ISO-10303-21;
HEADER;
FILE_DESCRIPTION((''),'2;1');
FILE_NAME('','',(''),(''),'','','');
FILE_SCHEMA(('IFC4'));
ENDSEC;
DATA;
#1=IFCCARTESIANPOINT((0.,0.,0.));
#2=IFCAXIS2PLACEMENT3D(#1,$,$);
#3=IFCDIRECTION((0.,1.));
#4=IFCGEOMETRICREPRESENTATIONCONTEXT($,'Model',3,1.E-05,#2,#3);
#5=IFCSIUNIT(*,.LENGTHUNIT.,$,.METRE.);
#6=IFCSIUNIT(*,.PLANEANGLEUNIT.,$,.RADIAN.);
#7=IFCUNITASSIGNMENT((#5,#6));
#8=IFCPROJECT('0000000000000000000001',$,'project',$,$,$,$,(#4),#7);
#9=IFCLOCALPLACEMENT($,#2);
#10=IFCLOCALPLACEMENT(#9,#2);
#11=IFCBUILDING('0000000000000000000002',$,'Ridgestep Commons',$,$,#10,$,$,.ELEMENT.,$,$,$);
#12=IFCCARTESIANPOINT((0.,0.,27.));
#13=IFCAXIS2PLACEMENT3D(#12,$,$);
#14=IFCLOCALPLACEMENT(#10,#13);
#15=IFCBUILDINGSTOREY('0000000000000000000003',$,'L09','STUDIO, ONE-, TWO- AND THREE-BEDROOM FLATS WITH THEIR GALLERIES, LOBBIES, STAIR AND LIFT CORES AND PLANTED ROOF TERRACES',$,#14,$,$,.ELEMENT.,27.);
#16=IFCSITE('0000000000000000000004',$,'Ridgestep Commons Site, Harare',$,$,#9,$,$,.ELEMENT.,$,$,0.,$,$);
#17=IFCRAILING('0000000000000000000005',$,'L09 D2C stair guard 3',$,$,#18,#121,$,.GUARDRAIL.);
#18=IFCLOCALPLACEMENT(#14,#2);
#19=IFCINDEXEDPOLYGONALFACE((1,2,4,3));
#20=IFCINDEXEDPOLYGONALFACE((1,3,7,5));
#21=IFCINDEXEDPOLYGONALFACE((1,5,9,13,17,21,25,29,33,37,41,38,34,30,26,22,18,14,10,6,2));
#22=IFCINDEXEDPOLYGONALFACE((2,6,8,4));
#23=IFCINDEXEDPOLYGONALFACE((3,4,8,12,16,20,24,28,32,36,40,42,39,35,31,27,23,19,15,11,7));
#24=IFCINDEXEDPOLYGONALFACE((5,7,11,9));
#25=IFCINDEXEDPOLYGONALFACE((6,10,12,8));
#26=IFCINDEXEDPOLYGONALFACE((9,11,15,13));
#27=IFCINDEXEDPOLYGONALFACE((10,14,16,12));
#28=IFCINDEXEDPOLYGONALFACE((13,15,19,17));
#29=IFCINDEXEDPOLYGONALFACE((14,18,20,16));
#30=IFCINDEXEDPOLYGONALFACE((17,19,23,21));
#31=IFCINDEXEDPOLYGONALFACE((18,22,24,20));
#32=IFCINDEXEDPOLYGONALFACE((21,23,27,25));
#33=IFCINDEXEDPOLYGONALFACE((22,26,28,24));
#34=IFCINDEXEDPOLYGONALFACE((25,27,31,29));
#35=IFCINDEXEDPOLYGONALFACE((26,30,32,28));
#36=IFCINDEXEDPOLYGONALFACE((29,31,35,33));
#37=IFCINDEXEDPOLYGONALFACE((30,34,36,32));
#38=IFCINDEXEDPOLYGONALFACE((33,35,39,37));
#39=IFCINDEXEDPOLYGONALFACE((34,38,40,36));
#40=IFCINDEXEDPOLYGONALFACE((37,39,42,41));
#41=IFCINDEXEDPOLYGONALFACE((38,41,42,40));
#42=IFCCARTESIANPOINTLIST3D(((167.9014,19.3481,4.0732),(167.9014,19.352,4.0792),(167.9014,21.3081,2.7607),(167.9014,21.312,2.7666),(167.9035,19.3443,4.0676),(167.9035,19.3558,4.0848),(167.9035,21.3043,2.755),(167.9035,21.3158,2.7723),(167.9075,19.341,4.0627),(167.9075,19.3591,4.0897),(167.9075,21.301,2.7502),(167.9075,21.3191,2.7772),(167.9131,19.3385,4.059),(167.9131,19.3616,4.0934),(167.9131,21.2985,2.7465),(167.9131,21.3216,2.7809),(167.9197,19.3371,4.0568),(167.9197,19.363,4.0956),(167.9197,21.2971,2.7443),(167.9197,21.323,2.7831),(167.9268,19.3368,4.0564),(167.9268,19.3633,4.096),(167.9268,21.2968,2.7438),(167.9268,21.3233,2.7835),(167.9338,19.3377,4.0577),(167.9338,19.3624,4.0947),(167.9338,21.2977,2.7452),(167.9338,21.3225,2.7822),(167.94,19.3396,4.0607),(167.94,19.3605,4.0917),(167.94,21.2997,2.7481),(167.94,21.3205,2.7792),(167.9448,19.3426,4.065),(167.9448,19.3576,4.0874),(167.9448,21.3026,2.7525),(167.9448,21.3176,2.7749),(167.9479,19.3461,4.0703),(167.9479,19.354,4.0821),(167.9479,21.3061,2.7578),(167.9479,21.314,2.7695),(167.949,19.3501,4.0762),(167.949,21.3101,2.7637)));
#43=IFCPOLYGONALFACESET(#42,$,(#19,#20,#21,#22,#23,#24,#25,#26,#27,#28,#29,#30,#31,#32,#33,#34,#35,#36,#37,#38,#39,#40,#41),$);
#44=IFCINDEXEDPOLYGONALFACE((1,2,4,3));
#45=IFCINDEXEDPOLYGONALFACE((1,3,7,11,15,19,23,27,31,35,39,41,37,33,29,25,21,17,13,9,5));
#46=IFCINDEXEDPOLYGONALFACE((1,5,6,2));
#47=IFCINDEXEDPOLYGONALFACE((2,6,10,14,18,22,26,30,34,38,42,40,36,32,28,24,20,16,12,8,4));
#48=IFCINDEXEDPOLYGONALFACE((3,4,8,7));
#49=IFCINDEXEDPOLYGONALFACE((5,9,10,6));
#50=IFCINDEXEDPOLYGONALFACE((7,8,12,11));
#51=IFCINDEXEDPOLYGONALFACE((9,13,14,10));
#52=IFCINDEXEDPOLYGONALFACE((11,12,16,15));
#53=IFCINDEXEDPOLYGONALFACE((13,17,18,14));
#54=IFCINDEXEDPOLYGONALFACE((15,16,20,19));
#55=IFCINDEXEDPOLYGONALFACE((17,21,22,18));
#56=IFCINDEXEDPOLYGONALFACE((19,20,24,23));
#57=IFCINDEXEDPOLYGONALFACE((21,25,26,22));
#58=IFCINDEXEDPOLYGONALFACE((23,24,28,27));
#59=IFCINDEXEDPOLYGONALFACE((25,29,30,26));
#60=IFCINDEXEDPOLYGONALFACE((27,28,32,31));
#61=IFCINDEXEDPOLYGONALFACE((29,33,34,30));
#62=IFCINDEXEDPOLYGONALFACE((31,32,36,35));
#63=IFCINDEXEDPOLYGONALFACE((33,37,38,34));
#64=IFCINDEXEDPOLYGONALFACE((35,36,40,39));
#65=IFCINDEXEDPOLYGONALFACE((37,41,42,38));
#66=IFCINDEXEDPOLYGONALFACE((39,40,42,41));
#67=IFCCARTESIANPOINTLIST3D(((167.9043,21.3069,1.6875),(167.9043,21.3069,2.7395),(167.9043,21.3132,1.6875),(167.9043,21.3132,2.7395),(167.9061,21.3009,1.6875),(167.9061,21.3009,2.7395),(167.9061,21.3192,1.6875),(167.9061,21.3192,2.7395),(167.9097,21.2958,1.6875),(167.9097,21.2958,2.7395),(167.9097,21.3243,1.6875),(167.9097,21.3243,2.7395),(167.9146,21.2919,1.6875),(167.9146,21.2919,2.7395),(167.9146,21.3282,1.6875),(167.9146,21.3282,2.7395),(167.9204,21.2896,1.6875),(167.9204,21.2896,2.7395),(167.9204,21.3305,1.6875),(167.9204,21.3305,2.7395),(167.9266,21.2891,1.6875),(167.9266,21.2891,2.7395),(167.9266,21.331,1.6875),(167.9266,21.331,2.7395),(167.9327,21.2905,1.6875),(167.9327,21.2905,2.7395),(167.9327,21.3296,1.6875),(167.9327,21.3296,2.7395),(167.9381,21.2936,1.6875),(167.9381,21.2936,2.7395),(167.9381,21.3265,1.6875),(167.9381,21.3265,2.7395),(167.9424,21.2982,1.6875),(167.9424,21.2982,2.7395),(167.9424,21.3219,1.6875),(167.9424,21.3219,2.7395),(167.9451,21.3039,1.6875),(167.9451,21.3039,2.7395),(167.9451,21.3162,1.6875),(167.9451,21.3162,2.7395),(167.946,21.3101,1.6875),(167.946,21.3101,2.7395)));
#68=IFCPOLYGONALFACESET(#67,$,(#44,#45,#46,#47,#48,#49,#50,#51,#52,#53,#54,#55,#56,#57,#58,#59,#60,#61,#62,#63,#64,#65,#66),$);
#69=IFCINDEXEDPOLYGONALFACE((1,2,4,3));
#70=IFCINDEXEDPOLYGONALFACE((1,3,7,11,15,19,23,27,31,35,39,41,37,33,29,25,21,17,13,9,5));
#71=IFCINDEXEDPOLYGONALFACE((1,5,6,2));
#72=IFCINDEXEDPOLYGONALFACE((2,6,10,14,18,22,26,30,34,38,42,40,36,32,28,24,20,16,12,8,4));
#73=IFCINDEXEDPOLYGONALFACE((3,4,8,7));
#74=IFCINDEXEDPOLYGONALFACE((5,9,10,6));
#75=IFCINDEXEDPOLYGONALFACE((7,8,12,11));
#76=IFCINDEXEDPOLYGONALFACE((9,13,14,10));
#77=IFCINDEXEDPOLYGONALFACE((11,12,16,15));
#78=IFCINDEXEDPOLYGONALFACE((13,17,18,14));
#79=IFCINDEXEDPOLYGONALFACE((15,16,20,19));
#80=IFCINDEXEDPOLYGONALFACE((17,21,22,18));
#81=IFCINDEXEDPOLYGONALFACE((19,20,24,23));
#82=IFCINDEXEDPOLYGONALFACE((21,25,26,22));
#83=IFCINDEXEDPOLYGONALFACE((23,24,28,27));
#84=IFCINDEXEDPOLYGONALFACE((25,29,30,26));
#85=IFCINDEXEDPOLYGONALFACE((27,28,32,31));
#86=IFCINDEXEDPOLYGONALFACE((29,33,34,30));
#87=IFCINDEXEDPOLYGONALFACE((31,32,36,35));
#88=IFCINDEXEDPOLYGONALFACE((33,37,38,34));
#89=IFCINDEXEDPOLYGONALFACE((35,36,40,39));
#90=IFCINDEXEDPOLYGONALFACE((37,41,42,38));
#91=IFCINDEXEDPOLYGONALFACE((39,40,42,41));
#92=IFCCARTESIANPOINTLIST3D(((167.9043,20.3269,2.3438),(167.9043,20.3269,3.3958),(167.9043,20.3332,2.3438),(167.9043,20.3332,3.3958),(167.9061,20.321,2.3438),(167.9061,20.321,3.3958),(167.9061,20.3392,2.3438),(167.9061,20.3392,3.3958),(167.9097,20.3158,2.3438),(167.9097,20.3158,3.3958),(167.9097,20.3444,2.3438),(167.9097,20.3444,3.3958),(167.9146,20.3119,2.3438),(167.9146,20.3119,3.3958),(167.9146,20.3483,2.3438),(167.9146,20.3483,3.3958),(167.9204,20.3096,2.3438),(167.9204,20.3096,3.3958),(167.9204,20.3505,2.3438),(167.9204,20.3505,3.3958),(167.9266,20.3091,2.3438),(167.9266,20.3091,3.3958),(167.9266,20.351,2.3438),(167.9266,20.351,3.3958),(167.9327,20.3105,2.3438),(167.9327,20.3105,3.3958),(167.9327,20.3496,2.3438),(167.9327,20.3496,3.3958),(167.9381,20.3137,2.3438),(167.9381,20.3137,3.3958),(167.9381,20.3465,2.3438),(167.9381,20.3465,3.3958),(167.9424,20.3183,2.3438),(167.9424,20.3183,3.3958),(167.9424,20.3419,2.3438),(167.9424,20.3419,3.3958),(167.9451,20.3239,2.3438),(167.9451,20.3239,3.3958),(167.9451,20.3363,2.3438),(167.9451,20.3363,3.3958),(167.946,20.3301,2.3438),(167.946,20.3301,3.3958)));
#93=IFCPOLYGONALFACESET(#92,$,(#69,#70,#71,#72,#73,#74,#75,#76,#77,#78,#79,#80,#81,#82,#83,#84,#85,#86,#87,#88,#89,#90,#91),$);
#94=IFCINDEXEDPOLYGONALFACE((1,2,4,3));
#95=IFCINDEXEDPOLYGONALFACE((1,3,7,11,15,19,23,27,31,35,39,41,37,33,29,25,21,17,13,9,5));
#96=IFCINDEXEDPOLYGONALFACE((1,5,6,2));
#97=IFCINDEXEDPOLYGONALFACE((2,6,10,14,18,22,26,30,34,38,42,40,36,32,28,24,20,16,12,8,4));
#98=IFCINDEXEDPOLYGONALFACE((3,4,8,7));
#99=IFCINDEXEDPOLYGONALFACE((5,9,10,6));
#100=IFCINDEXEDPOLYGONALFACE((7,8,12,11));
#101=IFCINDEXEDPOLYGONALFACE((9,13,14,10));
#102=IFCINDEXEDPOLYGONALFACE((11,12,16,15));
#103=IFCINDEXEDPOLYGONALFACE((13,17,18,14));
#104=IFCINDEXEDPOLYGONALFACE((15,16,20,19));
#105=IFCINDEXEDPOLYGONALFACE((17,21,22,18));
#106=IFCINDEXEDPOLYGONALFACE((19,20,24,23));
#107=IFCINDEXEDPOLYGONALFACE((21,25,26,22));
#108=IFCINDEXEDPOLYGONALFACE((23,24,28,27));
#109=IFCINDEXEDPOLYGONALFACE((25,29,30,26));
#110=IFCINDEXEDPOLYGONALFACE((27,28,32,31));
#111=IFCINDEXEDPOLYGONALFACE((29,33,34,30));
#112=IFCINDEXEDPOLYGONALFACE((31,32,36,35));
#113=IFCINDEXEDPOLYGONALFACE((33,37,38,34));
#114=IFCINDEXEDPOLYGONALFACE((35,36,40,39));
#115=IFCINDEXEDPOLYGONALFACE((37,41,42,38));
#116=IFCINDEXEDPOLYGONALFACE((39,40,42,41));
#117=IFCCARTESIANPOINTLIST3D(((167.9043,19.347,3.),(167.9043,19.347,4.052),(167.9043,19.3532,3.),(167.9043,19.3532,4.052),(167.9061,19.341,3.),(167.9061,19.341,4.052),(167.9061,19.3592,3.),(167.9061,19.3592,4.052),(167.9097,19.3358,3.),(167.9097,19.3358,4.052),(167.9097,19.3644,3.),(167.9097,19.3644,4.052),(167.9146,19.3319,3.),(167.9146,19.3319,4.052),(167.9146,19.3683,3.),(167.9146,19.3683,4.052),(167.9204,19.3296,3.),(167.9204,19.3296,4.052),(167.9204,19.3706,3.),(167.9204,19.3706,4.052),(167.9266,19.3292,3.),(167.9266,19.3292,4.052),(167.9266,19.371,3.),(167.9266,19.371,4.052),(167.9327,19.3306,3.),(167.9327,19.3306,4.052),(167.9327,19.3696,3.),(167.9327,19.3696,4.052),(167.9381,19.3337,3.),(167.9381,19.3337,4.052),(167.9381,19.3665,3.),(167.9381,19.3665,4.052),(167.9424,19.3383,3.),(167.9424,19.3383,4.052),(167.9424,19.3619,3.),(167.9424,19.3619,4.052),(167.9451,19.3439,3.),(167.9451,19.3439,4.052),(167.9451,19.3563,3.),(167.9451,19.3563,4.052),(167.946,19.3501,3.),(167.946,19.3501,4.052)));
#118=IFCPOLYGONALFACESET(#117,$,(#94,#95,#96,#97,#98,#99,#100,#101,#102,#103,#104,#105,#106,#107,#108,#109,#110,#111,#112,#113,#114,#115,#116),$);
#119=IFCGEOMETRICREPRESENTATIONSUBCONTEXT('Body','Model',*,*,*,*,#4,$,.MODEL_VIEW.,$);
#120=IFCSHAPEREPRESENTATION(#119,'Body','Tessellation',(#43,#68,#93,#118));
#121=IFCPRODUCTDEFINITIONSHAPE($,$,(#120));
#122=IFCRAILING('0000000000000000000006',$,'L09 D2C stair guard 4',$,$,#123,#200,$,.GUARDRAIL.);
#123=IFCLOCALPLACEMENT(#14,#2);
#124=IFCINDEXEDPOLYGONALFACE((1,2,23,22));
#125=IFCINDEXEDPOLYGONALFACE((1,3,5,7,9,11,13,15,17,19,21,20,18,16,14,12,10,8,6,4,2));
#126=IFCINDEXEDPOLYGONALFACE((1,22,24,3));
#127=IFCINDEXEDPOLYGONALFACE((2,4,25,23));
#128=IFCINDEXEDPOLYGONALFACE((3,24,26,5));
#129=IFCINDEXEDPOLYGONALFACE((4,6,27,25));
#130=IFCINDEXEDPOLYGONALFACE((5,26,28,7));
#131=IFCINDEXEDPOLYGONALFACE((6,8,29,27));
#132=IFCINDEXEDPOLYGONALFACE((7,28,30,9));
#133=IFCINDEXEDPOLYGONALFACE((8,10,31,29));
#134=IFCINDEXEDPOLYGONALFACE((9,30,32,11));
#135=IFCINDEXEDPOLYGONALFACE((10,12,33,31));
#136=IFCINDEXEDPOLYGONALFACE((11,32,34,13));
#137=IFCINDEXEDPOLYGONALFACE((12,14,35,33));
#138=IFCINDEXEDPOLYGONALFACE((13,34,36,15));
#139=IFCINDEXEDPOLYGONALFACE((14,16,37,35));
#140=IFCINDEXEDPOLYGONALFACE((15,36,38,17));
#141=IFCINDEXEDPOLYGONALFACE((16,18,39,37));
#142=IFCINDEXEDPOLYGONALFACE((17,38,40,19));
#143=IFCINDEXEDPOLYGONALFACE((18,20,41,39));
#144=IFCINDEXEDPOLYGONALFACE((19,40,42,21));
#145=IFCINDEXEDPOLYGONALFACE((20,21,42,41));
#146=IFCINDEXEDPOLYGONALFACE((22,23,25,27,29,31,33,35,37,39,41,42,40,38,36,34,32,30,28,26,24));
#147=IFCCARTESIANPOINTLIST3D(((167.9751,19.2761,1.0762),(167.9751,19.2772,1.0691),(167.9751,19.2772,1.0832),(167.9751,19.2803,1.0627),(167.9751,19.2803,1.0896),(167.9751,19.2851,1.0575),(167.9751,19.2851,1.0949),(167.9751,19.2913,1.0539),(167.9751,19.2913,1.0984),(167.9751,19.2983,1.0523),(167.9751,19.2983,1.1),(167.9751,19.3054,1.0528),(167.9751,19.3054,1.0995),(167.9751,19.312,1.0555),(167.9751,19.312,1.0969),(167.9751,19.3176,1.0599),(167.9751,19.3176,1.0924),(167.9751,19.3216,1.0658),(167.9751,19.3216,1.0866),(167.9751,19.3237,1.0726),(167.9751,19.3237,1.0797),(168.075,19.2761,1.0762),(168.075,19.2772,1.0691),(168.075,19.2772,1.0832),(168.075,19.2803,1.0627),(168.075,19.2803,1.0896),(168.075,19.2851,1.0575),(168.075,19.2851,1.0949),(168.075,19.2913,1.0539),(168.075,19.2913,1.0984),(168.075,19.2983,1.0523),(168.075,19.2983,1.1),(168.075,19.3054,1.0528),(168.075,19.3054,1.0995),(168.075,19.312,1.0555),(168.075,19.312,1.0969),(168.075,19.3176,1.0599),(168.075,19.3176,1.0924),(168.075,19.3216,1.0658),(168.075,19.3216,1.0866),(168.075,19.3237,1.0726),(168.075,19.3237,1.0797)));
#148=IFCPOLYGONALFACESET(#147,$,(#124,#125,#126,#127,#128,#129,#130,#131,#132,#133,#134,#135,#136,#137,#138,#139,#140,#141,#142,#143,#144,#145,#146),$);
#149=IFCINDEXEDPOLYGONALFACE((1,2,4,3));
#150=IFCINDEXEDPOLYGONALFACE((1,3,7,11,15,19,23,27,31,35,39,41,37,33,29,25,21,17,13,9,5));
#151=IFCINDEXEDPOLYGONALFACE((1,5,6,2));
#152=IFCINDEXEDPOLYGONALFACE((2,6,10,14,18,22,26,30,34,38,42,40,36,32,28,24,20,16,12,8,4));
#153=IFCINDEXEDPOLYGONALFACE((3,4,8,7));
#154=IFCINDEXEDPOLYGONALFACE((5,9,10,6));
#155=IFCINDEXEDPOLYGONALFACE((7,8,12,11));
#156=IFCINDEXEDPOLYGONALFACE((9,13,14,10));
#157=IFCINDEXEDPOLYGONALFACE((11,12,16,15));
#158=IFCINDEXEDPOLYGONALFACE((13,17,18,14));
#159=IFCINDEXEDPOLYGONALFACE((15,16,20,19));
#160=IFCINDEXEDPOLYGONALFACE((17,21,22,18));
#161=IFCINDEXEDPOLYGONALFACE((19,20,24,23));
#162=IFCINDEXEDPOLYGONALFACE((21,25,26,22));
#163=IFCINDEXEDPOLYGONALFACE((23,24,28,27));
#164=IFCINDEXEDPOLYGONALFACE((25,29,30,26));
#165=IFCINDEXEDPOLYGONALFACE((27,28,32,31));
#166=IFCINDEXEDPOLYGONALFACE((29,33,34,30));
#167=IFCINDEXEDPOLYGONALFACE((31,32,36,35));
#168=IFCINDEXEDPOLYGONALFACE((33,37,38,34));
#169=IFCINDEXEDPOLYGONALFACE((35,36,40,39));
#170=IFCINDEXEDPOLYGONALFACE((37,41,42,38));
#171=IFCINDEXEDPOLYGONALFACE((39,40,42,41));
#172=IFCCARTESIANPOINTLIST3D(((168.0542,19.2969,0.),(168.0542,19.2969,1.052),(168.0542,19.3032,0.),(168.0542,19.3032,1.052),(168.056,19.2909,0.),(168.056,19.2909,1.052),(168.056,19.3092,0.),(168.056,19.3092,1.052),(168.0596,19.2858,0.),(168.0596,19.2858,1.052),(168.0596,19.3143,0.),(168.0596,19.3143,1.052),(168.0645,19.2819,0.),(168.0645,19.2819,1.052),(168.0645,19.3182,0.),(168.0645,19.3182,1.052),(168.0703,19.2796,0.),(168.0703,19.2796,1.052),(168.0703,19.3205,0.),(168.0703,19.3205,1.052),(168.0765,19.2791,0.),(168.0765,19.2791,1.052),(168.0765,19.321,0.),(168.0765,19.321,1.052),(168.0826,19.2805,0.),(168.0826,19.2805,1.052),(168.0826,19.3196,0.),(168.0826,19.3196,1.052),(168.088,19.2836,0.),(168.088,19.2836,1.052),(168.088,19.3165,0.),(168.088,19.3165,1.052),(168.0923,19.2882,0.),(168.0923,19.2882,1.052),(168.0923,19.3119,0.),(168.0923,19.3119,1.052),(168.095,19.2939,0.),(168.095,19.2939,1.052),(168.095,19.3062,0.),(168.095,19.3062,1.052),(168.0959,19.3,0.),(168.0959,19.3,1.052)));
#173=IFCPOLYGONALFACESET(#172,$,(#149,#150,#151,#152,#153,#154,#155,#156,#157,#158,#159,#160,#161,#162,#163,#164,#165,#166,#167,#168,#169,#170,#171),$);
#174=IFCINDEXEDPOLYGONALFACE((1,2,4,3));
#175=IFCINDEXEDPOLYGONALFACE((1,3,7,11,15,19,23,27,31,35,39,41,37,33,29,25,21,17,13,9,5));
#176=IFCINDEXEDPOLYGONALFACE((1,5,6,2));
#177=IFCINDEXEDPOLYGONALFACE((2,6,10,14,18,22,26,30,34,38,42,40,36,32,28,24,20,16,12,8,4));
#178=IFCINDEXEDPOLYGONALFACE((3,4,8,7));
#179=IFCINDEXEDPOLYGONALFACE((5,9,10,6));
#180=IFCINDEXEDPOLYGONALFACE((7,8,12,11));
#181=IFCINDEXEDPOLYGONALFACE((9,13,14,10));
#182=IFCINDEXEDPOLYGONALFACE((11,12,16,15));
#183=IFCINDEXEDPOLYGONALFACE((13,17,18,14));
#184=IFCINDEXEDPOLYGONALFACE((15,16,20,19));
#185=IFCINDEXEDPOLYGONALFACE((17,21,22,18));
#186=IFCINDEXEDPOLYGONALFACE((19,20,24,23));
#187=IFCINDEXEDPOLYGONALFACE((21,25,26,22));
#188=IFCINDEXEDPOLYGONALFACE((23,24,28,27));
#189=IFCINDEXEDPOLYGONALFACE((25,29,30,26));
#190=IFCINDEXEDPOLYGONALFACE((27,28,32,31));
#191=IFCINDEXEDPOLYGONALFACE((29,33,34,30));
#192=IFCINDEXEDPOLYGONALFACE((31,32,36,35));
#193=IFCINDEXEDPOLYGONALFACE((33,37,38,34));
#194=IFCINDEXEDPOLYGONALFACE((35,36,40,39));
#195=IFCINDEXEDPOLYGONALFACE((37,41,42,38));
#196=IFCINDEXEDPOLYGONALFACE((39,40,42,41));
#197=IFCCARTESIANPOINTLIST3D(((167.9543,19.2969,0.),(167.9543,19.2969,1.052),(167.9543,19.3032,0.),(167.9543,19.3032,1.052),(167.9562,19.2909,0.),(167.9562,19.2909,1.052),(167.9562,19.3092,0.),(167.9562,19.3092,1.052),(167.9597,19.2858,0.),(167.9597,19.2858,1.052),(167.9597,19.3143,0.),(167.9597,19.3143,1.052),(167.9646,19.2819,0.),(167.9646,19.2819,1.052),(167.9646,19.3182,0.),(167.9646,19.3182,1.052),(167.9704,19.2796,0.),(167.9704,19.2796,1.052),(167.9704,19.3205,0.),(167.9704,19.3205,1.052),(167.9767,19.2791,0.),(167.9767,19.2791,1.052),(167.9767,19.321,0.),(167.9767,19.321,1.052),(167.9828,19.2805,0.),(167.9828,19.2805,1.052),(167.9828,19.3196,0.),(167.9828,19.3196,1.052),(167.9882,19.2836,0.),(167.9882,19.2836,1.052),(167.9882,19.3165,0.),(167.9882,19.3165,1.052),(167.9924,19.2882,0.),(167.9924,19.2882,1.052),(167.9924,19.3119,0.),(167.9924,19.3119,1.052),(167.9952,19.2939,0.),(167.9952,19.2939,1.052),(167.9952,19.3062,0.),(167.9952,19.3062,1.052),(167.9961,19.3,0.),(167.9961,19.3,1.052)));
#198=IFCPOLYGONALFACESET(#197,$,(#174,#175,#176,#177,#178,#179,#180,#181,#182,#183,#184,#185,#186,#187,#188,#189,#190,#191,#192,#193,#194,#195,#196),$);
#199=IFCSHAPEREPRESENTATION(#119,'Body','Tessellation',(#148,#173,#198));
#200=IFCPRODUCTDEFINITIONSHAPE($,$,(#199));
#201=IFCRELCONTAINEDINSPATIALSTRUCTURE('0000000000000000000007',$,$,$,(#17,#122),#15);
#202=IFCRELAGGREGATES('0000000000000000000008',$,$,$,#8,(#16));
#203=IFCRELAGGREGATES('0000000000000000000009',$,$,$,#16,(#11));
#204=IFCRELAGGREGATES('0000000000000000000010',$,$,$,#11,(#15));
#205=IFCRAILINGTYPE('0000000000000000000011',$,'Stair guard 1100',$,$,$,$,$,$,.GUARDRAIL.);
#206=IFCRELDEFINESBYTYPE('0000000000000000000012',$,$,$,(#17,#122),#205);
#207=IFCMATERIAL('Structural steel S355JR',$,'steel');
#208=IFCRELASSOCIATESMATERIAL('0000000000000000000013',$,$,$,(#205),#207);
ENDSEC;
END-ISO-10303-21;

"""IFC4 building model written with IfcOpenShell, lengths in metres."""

from ifc_helpers import new_model, si_unit, direction, frame, origin, origin_2d, place, context, subcontext, project, spatial, circle, extrude, material, type_object, element, save


model = new_model("IFC4")

# Units and contexts
model_context = context("Model", 3, precision=1e-05, world=origin(), true_north=direction((0.0, 1.0)))
body_context = subcontext(model_context, "Body", "Model", "MODEL_VIEW")
ifc_project = project(units=[si_unit("LENGTHUNIT", "METRE"), si_unit("PLANEANGLEUNIT", "RADIAN")], contexts=[model_context])

# Site, building, storey
site_placement = place(None, origin())
site = spatial("IfcSite", under=ifc_project, at=site_placement, Name="Ridgestep Commons Site, Harare", CompositionType="ELEMENT", RefElevation=0.0)
building_placement = place(site_placement, origin())
building = spatial("IfcBuilding", under=site, at=building_placement, Name="Ridgestep Commons", CompositionType="ELEMENT")
storey_placement = place(building_placement, frame((0.0, 0.0, 27.0)))
storey = spatial("IfcBuildingStorey", under=building, at=storey_placement, Name="L09", Description="STUDIO, ONE-, TWO- AND THREE-BEDROOM FLATS WITH THEIR GALLERIES, LOBBIES, STAIR AND LIFT CORES AND PLANTED ROOF TERRACES", CompositionType="ELEMENT", Elevation=27.0)

# Railings
ifc_material_1 = material(Name="Structural steel S355JR", Category="steel")
railing_type_1 = type_object("IfcRailingType", Name="Stair guard 1100", PredefinedType="GUARDRAIL", material=ifc_material_1)
railing_1_placement = place(storey_placement, frame((167.925, 21.3101, 1.6875)))
element("IfcRailing", 1, at=railing_1_placement, inside=storey, type_object=railing_type_1, Name="L09 D2C stair guard 3", PredefinedType="GUARDRAIL", context=body_context, shape_type="SweptSolid", body=[
    extrude(circle(Radius=0.0239, at=origin_2d()), frame((0.0, 0.0, 1.0762), z_axis=(0.0, -0.830902, 0.556419), x_axis=(1.0, 0.0, 0.0)), (0.0, 0.0, 1.0), 2.3589),
    extrude(circle(Radius=0.021, at=origin_2d()), origin(), (0.0, 0.0, 1.0), 1.052),
    extrude(circle(Radius=0.021, at=origin_2d()), frame((0.0, -0.98, 0.6562)), (0.0, 0.0, 1.0), 1.052),
    extrude(circle(Radius=0.021, at=origin_2d()), frame((0.0, -1.96, 1.3125)), (0.0, 0.0, 1.0), 1.052),
])
railing_2_placement = place(storey_placement, frame((168.075, 19.3, 0.0)))
element("IfcRailing", 2, at=railing_2_placement, inside=storey, type_object=railing_type_1, Name="L09 D2C stair guard 4", PredefinedType="GUARDRAIL", context=body_context, shape_type="SweptSolid", body=[
    extrude(circle(Radius=0.0239, at=origin_2d()), frame((0.0, 0.0, 1.0762), z_axis=(-1.0, 0.0, 0.0), x_axis=(0.0, -1.0, 0.0)), (0.0, 0.0, 1.0), 0.0999),
    extrude(circle(Radius=0.021, at=origin_2d()), origin(), (0.0, 0.0, 1.0), 1.052),
    extrude(circle(Radius=0.021, at=origin_2d()), frame((-0.0999, 0.0, 0.0)), (0.0, 0.0, 1.0), 1.052),
])

save(model, "model.ifc")
